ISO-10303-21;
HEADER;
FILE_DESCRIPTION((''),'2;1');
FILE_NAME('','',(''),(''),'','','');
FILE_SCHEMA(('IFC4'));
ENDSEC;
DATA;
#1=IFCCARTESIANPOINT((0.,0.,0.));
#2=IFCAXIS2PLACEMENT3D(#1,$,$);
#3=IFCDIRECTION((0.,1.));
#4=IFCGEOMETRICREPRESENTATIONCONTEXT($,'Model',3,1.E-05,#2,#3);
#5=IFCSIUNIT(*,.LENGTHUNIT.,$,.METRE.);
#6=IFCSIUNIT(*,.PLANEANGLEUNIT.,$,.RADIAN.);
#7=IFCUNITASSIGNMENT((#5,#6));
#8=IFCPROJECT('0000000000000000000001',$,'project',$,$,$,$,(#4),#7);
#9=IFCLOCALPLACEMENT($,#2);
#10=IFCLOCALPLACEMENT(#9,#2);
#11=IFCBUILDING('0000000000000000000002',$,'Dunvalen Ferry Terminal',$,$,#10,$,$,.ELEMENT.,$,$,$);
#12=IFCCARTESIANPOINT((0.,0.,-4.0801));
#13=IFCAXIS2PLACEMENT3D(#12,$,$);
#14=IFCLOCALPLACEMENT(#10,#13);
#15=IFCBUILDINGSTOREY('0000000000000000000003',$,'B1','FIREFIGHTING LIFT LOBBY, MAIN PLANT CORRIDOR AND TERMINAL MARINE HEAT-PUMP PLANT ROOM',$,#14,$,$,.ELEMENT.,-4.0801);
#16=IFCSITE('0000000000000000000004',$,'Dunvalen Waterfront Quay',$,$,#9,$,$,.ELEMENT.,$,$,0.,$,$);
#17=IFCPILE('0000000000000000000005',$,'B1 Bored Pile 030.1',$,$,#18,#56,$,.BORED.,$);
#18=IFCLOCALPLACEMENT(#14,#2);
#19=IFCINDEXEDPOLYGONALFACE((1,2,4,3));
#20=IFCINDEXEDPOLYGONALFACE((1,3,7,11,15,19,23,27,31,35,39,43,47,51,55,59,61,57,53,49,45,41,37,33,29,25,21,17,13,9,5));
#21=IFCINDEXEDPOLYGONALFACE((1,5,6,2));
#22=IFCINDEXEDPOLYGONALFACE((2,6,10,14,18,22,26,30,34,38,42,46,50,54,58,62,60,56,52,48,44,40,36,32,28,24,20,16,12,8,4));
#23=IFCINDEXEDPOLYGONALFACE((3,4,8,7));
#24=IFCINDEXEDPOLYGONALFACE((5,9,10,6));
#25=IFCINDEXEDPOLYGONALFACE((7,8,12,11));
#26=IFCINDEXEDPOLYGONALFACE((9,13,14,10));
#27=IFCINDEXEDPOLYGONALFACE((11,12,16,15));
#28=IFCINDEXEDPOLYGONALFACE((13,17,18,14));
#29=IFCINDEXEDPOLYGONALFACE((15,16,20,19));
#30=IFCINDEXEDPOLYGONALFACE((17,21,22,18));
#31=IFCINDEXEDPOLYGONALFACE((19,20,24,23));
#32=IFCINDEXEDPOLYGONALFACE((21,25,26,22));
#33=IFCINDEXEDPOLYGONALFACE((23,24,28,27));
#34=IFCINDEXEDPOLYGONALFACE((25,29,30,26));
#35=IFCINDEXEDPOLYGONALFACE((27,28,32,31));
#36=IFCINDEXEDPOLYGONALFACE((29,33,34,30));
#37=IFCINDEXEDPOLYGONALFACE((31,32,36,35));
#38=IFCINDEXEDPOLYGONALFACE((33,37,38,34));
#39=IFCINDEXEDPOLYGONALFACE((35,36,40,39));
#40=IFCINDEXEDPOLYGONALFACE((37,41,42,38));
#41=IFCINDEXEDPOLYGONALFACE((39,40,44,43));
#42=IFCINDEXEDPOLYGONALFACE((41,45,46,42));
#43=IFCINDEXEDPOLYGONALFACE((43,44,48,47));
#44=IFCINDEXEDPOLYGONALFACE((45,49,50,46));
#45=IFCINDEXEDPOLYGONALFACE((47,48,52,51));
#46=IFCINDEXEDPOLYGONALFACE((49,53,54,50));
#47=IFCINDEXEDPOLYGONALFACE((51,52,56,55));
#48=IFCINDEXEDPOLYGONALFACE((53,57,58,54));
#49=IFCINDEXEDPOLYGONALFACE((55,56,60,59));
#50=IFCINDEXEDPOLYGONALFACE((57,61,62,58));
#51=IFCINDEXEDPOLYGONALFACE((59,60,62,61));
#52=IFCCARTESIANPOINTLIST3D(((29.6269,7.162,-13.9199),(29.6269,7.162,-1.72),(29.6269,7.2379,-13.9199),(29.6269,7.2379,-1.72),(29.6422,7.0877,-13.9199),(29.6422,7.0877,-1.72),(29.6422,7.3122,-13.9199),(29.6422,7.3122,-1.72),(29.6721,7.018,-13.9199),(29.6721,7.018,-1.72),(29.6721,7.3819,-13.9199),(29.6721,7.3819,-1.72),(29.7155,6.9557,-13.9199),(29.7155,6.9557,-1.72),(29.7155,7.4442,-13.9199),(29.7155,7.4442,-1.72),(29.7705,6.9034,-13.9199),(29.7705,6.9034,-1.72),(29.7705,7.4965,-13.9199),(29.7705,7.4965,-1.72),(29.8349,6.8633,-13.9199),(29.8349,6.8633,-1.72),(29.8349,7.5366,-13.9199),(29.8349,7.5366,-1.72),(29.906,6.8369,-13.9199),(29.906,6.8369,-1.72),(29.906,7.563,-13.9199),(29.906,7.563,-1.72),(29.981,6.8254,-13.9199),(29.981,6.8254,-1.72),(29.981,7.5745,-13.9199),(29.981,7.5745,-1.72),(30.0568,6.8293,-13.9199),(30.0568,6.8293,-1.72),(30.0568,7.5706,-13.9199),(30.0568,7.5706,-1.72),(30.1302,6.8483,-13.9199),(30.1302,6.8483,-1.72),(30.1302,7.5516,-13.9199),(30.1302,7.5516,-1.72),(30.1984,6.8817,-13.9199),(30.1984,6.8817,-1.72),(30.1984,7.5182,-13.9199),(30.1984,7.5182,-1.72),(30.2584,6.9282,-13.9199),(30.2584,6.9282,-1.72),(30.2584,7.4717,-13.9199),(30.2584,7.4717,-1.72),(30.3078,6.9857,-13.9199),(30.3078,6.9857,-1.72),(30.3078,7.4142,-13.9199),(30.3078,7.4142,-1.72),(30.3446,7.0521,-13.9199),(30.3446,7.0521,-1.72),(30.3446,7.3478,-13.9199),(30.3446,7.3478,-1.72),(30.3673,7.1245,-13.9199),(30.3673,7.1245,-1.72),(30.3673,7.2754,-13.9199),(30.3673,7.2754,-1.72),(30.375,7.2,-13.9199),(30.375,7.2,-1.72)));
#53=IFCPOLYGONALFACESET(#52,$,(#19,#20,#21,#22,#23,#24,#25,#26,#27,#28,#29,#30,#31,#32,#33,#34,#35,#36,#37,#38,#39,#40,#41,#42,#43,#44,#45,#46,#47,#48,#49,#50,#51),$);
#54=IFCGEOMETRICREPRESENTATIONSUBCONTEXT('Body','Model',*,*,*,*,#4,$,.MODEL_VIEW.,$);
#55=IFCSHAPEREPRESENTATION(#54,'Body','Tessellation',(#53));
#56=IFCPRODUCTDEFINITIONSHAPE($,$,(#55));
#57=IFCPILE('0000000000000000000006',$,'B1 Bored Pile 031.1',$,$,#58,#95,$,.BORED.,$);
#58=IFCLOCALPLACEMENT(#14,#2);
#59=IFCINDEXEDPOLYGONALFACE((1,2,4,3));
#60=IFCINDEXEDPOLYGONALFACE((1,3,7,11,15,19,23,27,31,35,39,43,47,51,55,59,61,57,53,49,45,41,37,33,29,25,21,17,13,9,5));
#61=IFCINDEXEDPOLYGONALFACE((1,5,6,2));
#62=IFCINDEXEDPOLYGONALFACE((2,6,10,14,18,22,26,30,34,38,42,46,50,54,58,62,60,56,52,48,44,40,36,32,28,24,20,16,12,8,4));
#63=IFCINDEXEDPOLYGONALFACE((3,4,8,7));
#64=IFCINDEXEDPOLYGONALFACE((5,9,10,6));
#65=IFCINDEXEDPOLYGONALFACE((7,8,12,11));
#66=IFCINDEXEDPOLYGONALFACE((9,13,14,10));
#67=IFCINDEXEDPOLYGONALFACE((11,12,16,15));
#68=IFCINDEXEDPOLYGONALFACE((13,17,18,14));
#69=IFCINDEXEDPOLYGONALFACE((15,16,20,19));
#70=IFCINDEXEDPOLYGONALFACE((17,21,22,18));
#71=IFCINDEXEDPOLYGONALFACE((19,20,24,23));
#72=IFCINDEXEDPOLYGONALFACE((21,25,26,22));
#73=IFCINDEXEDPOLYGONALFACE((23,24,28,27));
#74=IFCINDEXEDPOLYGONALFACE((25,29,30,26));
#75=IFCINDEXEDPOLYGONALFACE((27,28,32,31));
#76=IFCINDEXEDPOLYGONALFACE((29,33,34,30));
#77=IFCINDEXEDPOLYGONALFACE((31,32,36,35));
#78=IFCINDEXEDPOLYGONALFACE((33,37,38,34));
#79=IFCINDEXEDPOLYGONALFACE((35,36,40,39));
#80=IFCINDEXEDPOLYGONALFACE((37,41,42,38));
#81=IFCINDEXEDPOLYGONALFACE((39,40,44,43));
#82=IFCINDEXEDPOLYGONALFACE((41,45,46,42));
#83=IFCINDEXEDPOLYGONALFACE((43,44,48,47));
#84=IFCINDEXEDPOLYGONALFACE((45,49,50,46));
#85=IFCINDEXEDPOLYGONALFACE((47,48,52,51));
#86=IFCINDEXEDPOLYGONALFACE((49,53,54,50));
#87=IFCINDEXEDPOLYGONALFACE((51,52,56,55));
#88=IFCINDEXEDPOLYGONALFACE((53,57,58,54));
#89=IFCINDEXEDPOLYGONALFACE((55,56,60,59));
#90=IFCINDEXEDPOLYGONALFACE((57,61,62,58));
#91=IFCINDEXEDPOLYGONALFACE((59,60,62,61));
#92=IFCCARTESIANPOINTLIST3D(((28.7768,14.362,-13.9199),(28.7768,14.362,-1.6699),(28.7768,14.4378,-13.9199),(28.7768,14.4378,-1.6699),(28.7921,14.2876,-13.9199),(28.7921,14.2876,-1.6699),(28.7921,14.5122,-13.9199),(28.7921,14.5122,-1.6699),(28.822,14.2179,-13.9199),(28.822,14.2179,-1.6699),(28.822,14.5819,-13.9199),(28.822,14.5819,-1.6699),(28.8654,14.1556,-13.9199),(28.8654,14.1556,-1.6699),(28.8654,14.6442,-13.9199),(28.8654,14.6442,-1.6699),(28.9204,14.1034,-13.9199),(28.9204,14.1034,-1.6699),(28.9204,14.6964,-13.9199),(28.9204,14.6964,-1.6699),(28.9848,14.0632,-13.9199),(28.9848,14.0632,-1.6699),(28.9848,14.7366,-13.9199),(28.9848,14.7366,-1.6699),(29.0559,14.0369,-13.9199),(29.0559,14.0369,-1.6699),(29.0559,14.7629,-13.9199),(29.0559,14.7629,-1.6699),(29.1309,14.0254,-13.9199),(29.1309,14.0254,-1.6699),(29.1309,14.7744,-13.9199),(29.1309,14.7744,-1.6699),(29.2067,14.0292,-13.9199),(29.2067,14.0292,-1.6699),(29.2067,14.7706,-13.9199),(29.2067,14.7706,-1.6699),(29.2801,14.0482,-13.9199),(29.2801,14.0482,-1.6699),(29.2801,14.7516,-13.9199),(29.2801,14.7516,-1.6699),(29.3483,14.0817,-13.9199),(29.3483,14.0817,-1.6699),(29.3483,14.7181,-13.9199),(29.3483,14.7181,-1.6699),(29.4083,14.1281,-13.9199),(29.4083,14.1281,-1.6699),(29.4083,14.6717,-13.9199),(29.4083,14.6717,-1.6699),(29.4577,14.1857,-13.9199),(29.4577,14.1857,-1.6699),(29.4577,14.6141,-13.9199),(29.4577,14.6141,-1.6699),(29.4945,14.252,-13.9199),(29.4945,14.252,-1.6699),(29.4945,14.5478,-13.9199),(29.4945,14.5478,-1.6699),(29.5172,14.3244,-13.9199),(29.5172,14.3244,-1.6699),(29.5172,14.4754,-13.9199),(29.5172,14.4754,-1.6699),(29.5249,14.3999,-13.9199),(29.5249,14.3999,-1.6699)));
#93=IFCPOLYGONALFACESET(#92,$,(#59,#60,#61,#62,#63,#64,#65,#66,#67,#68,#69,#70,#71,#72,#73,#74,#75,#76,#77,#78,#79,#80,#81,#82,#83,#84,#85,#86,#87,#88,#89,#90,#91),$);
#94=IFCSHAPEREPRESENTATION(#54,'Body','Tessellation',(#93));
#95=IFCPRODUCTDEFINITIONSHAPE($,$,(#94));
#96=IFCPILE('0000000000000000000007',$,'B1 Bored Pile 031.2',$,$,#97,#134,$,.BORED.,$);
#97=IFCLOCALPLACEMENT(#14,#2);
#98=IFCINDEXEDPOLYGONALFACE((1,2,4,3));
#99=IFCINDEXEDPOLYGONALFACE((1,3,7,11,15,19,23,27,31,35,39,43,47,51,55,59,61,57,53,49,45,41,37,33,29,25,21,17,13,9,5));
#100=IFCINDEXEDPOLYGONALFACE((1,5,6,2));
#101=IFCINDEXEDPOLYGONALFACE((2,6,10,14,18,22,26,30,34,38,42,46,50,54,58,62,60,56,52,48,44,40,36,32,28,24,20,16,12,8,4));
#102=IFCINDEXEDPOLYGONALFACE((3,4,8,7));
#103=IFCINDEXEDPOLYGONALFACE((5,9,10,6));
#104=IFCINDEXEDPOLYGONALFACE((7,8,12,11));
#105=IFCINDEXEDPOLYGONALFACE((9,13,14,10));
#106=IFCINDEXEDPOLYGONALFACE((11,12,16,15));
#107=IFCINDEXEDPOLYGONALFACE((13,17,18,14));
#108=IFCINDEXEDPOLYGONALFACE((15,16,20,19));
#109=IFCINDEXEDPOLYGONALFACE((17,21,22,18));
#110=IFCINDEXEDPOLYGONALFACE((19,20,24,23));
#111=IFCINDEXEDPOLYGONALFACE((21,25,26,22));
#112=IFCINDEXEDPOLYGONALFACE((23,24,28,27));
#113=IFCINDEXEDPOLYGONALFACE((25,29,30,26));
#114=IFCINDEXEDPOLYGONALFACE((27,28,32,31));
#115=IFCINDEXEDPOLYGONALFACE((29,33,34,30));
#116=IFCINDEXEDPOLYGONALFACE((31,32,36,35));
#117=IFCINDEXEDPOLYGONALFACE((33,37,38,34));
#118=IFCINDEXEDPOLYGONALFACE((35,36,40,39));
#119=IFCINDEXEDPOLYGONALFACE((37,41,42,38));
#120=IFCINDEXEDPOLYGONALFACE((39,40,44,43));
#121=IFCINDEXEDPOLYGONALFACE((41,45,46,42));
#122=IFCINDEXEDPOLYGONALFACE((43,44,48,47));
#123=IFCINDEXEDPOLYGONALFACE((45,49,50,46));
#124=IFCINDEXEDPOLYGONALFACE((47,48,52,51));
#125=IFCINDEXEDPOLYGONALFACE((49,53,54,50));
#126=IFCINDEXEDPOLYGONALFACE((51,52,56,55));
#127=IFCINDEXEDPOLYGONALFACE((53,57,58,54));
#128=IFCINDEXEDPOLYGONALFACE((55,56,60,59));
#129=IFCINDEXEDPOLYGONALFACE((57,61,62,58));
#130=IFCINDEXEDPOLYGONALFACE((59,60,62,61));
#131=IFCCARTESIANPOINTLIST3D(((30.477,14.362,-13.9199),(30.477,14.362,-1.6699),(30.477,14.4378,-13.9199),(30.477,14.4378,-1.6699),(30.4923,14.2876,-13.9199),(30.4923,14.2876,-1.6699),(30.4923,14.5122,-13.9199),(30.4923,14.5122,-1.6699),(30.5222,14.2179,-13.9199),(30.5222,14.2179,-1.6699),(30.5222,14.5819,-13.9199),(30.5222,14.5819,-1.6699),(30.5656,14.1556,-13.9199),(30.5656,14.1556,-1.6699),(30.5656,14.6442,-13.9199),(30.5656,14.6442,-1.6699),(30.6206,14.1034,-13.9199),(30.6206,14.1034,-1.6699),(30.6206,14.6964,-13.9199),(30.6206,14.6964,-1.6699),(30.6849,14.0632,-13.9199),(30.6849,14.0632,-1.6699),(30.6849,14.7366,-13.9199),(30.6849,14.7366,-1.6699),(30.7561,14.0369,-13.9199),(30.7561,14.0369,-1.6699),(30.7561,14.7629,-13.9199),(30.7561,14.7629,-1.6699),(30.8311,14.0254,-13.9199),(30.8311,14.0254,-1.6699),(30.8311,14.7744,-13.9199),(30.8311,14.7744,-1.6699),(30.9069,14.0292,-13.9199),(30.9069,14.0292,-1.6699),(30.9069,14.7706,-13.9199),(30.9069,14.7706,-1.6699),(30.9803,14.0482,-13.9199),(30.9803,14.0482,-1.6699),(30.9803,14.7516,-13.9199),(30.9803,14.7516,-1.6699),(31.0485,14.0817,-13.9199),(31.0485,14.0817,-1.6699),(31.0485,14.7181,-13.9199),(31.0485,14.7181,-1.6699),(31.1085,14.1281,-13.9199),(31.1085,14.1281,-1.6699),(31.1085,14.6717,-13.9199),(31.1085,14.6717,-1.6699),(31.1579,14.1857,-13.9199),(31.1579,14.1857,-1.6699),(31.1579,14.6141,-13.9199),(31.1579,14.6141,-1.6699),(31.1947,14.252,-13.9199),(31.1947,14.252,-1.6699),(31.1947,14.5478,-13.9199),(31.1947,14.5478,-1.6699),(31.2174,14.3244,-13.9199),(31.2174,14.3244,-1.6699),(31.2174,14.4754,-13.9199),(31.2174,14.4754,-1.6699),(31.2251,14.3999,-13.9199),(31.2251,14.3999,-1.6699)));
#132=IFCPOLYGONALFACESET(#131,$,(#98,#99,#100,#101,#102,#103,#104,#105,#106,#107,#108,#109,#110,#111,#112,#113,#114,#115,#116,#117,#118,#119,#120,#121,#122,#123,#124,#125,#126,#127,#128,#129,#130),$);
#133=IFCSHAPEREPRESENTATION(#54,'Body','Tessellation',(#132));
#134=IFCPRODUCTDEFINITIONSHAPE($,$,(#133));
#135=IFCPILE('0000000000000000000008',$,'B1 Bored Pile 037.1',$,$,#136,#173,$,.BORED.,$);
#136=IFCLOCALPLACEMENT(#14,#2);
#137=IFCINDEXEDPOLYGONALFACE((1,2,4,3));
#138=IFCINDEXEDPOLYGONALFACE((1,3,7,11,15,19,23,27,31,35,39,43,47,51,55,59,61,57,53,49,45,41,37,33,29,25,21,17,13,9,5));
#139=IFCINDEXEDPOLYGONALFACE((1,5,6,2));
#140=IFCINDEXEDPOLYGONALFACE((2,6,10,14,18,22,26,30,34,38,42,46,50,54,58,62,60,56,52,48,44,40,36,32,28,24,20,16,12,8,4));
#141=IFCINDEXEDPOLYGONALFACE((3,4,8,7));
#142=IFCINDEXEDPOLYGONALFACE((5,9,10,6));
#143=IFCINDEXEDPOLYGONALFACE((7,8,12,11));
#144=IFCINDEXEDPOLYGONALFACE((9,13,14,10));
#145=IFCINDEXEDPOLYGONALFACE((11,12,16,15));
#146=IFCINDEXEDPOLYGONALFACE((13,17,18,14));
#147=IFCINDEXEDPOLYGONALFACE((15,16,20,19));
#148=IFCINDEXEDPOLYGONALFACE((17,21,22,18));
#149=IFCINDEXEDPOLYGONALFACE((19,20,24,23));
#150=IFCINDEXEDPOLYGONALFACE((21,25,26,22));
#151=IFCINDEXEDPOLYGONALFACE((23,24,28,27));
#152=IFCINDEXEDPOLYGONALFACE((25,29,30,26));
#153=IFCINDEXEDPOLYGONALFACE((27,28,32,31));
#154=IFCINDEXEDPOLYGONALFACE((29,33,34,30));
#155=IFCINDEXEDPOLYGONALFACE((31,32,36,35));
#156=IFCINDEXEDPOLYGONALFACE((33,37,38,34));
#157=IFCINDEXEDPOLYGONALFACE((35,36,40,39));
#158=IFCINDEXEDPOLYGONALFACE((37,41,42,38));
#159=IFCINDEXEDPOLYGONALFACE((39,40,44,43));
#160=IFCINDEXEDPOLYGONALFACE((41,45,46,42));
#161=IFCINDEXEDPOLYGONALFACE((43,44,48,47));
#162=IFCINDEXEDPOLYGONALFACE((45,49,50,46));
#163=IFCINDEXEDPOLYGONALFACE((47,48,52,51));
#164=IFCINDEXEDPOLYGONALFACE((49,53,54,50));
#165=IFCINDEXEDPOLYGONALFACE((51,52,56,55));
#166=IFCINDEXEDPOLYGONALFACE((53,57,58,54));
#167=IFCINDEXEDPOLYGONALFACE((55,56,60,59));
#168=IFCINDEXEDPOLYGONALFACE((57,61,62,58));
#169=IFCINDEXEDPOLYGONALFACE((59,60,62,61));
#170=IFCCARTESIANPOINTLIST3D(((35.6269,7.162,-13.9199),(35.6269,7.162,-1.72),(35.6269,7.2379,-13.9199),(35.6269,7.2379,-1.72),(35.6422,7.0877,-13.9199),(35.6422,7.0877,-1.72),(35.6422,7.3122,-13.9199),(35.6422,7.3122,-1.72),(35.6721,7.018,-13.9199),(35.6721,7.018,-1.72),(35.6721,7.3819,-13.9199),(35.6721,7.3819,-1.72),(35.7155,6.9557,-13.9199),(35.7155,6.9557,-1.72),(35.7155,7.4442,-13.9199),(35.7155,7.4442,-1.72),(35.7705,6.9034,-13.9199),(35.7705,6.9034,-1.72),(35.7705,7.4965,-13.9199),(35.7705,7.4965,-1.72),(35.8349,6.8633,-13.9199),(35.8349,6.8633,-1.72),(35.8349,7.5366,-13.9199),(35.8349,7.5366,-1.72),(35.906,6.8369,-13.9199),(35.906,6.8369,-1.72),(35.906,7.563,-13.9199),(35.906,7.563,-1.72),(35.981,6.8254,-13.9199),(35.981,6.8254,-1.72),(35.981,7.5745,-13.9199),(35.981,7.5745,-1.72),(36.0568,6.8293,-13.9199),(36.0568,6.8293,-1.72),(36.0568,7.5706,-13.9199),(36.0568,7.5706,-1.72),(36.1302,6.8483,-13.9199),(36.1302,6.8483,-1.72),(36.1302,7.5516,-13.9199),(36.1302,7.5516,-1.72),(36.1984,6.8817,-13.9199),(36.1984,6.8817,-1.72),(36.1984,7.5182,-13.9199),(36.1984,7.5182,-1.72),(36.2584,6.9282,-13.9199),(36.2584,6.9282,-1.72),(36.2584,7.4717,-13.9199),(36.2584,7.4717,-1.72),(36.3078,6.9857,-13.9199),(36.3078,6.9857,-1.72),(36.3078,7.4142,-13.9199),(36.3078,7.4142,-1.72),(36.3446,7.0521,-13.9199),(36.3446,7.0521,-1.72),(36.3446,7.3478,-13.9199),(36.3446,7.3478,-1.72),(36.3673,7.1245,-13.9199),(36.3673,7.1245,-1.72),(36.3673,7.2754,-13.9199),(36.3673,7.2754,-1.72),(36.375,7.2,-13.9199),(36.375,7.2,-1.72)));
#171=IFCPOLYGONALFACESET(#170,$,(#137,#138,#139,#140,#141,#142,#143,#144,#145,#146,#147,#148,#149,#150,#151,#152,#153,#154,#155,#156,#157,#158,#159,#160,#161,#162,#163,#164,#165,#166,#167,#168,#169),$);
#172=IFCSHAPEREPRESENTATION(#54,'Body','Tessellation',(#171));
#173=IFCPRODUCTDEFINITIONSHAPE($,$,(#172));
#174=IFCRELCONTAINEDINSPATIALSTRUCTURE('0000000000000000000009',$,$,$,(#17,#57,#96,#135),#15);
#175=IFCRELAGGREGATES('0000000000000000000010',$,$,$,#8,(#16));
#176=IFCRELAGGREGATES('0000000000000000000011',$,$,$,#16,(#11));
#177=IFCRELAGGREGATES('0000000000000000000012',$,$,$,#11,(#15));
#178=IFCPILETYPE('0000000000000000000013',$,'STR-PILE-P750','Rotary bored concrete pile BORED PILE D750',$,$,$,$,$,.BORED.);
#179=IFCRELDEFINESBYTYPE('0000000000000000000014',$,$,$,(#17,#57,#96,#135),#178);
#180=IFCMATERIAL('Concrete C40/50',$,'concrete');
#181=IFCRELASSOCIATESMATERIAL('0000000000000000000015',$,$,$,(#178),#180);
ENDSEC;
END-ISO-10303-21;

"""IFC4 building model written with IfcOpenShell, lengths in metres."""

from ifc_helpers import new_model, si_unit, direction, frame, origin, origin_2d, place, context, subcontext, project, spatial, circle, extrude, material, material_profile, profile_set, type_object, element, save


model = new_model("IFC4")

# Units and contexts
model_context = context("Model", 3, precision=1e-05, world=origin(), true_north=direction((0.0, 1.0)))
body_context = subcontext(model_context, "Body", "Model", "MODEL_VIEW")
ifc_project = project(units=[si_unit("LENGTHUNIT", "METRE"), si_unit("PLANEANGLEUNIT", "RADIAN")], contexts=[model_context])

# Site, building, storey
site_placement = place(None, origin())
site = spatial("IfcSite", under=ifc_project, at=site_placement, Name="Dunvalen Waterfront Quay", CompositionType="ELEMENT", RefElevation=0.0)
building_placement = place(site_placement, origin())
building = spatial("IfcBuilding", under=site, at=building_placement, Name="Dunvalen Ferry Terminal", CompositionType="ELEMENT")
storey_placement = place(building_placement, frame((0.0, 0.0, -4.0801)))
storey = spatial("IfcBuildingStorey", under=building, at=storey_placement, Name="B1", Description="FIREFIGHTING LIFT LOBBY, MAIN PLANT CORRIDOR AND TERMINAL MARINE HEAT-PUMP PLANT ROOM", CompositionType="ELEMENT", Elevation=-4.0801)

# Shared definitions
ifc_material_1 = material(Name="Concrete C40/50", Category="concrete")

# Piles
ifc_material_profile_1 = material_profile(ifc_material_1, circle(Radius=0.375, at=origin_2d()), Name="Concrete C40/50")
ifc_profile_set_1 = profile_set([ifc_material_profile_1], Name="Concrete C40/50")
pile_type = type_object("IfcPileType", Name="STR-PILE-P750", Description="Rotary bored concrete pile BORED PILE D750", PredefinedType="BORED", material=ifc_profile_set_1)
pile_1_placement = place(storey_placement, frame((30.0, 7.2, -1.72), z_axis=(0.0, 0.0, -1.0), x_axis=(1.0, 0.0, 0.0)))
element("IfcPile", 1, at=pile_1_placement, inside=storey, type_object=pile_type, Name="B1 Bored Pile 030.1", PredefinedType="BORED", context=body_context, shape_type="SweptSolid", body=[
    extrude(circle(Radius=0.375, at=origin_2d()), origin(), (0.0, 0.0, 1.0), 12.2),
])
for number, where, z_axis, x_axis, name in (
    (2, (29.1499, 14.3999, -1.6699), (0.0, 0.0, -1.0), (1.0, 0.0, 0.0), "B1 Bored Pile 031.1"),
    (3, (30.8501, 14.3999, -1.6699), (0.0, 0.0, -1.0), (1.0, 0.0, 0.0), "B1 Bored Pile 031.2"),
):
    element("IfcPile", number, at=place(storey_placement, frame(where, z_axis=z_axis, x_axis=x_axis)), inside=storey, type_object=pile_type, Name=name, PredefinedType="BORED", context=body_context, shape_type="SweptSolid", body=[
        extrude(circle(Radius=0.375, at=origin_2d()), origin(), (0.0, 0.0, 1.0), 12.25),
    ])
pile_2_placement = place(storey_placement, frame((36.0, 7.2, -1.72), z_axis=(0.0, 0.0, -1.0), x_axis=(1.0, 0.0, 0.0)))
element("IfcPile", 4, at=pile_2_placement, inside=storey, type_object=pile_type, Name="B1 Bored Pile 037.1", PredefinedType="BORED", context=body_context, shape_type="SweptSolid", body=[
    extrude(circle(Radius=0.375, at=origin_2d()), origin(), (0.0, 0.0, 1.0), 12.2),
])

save(model, "model.ifc")
